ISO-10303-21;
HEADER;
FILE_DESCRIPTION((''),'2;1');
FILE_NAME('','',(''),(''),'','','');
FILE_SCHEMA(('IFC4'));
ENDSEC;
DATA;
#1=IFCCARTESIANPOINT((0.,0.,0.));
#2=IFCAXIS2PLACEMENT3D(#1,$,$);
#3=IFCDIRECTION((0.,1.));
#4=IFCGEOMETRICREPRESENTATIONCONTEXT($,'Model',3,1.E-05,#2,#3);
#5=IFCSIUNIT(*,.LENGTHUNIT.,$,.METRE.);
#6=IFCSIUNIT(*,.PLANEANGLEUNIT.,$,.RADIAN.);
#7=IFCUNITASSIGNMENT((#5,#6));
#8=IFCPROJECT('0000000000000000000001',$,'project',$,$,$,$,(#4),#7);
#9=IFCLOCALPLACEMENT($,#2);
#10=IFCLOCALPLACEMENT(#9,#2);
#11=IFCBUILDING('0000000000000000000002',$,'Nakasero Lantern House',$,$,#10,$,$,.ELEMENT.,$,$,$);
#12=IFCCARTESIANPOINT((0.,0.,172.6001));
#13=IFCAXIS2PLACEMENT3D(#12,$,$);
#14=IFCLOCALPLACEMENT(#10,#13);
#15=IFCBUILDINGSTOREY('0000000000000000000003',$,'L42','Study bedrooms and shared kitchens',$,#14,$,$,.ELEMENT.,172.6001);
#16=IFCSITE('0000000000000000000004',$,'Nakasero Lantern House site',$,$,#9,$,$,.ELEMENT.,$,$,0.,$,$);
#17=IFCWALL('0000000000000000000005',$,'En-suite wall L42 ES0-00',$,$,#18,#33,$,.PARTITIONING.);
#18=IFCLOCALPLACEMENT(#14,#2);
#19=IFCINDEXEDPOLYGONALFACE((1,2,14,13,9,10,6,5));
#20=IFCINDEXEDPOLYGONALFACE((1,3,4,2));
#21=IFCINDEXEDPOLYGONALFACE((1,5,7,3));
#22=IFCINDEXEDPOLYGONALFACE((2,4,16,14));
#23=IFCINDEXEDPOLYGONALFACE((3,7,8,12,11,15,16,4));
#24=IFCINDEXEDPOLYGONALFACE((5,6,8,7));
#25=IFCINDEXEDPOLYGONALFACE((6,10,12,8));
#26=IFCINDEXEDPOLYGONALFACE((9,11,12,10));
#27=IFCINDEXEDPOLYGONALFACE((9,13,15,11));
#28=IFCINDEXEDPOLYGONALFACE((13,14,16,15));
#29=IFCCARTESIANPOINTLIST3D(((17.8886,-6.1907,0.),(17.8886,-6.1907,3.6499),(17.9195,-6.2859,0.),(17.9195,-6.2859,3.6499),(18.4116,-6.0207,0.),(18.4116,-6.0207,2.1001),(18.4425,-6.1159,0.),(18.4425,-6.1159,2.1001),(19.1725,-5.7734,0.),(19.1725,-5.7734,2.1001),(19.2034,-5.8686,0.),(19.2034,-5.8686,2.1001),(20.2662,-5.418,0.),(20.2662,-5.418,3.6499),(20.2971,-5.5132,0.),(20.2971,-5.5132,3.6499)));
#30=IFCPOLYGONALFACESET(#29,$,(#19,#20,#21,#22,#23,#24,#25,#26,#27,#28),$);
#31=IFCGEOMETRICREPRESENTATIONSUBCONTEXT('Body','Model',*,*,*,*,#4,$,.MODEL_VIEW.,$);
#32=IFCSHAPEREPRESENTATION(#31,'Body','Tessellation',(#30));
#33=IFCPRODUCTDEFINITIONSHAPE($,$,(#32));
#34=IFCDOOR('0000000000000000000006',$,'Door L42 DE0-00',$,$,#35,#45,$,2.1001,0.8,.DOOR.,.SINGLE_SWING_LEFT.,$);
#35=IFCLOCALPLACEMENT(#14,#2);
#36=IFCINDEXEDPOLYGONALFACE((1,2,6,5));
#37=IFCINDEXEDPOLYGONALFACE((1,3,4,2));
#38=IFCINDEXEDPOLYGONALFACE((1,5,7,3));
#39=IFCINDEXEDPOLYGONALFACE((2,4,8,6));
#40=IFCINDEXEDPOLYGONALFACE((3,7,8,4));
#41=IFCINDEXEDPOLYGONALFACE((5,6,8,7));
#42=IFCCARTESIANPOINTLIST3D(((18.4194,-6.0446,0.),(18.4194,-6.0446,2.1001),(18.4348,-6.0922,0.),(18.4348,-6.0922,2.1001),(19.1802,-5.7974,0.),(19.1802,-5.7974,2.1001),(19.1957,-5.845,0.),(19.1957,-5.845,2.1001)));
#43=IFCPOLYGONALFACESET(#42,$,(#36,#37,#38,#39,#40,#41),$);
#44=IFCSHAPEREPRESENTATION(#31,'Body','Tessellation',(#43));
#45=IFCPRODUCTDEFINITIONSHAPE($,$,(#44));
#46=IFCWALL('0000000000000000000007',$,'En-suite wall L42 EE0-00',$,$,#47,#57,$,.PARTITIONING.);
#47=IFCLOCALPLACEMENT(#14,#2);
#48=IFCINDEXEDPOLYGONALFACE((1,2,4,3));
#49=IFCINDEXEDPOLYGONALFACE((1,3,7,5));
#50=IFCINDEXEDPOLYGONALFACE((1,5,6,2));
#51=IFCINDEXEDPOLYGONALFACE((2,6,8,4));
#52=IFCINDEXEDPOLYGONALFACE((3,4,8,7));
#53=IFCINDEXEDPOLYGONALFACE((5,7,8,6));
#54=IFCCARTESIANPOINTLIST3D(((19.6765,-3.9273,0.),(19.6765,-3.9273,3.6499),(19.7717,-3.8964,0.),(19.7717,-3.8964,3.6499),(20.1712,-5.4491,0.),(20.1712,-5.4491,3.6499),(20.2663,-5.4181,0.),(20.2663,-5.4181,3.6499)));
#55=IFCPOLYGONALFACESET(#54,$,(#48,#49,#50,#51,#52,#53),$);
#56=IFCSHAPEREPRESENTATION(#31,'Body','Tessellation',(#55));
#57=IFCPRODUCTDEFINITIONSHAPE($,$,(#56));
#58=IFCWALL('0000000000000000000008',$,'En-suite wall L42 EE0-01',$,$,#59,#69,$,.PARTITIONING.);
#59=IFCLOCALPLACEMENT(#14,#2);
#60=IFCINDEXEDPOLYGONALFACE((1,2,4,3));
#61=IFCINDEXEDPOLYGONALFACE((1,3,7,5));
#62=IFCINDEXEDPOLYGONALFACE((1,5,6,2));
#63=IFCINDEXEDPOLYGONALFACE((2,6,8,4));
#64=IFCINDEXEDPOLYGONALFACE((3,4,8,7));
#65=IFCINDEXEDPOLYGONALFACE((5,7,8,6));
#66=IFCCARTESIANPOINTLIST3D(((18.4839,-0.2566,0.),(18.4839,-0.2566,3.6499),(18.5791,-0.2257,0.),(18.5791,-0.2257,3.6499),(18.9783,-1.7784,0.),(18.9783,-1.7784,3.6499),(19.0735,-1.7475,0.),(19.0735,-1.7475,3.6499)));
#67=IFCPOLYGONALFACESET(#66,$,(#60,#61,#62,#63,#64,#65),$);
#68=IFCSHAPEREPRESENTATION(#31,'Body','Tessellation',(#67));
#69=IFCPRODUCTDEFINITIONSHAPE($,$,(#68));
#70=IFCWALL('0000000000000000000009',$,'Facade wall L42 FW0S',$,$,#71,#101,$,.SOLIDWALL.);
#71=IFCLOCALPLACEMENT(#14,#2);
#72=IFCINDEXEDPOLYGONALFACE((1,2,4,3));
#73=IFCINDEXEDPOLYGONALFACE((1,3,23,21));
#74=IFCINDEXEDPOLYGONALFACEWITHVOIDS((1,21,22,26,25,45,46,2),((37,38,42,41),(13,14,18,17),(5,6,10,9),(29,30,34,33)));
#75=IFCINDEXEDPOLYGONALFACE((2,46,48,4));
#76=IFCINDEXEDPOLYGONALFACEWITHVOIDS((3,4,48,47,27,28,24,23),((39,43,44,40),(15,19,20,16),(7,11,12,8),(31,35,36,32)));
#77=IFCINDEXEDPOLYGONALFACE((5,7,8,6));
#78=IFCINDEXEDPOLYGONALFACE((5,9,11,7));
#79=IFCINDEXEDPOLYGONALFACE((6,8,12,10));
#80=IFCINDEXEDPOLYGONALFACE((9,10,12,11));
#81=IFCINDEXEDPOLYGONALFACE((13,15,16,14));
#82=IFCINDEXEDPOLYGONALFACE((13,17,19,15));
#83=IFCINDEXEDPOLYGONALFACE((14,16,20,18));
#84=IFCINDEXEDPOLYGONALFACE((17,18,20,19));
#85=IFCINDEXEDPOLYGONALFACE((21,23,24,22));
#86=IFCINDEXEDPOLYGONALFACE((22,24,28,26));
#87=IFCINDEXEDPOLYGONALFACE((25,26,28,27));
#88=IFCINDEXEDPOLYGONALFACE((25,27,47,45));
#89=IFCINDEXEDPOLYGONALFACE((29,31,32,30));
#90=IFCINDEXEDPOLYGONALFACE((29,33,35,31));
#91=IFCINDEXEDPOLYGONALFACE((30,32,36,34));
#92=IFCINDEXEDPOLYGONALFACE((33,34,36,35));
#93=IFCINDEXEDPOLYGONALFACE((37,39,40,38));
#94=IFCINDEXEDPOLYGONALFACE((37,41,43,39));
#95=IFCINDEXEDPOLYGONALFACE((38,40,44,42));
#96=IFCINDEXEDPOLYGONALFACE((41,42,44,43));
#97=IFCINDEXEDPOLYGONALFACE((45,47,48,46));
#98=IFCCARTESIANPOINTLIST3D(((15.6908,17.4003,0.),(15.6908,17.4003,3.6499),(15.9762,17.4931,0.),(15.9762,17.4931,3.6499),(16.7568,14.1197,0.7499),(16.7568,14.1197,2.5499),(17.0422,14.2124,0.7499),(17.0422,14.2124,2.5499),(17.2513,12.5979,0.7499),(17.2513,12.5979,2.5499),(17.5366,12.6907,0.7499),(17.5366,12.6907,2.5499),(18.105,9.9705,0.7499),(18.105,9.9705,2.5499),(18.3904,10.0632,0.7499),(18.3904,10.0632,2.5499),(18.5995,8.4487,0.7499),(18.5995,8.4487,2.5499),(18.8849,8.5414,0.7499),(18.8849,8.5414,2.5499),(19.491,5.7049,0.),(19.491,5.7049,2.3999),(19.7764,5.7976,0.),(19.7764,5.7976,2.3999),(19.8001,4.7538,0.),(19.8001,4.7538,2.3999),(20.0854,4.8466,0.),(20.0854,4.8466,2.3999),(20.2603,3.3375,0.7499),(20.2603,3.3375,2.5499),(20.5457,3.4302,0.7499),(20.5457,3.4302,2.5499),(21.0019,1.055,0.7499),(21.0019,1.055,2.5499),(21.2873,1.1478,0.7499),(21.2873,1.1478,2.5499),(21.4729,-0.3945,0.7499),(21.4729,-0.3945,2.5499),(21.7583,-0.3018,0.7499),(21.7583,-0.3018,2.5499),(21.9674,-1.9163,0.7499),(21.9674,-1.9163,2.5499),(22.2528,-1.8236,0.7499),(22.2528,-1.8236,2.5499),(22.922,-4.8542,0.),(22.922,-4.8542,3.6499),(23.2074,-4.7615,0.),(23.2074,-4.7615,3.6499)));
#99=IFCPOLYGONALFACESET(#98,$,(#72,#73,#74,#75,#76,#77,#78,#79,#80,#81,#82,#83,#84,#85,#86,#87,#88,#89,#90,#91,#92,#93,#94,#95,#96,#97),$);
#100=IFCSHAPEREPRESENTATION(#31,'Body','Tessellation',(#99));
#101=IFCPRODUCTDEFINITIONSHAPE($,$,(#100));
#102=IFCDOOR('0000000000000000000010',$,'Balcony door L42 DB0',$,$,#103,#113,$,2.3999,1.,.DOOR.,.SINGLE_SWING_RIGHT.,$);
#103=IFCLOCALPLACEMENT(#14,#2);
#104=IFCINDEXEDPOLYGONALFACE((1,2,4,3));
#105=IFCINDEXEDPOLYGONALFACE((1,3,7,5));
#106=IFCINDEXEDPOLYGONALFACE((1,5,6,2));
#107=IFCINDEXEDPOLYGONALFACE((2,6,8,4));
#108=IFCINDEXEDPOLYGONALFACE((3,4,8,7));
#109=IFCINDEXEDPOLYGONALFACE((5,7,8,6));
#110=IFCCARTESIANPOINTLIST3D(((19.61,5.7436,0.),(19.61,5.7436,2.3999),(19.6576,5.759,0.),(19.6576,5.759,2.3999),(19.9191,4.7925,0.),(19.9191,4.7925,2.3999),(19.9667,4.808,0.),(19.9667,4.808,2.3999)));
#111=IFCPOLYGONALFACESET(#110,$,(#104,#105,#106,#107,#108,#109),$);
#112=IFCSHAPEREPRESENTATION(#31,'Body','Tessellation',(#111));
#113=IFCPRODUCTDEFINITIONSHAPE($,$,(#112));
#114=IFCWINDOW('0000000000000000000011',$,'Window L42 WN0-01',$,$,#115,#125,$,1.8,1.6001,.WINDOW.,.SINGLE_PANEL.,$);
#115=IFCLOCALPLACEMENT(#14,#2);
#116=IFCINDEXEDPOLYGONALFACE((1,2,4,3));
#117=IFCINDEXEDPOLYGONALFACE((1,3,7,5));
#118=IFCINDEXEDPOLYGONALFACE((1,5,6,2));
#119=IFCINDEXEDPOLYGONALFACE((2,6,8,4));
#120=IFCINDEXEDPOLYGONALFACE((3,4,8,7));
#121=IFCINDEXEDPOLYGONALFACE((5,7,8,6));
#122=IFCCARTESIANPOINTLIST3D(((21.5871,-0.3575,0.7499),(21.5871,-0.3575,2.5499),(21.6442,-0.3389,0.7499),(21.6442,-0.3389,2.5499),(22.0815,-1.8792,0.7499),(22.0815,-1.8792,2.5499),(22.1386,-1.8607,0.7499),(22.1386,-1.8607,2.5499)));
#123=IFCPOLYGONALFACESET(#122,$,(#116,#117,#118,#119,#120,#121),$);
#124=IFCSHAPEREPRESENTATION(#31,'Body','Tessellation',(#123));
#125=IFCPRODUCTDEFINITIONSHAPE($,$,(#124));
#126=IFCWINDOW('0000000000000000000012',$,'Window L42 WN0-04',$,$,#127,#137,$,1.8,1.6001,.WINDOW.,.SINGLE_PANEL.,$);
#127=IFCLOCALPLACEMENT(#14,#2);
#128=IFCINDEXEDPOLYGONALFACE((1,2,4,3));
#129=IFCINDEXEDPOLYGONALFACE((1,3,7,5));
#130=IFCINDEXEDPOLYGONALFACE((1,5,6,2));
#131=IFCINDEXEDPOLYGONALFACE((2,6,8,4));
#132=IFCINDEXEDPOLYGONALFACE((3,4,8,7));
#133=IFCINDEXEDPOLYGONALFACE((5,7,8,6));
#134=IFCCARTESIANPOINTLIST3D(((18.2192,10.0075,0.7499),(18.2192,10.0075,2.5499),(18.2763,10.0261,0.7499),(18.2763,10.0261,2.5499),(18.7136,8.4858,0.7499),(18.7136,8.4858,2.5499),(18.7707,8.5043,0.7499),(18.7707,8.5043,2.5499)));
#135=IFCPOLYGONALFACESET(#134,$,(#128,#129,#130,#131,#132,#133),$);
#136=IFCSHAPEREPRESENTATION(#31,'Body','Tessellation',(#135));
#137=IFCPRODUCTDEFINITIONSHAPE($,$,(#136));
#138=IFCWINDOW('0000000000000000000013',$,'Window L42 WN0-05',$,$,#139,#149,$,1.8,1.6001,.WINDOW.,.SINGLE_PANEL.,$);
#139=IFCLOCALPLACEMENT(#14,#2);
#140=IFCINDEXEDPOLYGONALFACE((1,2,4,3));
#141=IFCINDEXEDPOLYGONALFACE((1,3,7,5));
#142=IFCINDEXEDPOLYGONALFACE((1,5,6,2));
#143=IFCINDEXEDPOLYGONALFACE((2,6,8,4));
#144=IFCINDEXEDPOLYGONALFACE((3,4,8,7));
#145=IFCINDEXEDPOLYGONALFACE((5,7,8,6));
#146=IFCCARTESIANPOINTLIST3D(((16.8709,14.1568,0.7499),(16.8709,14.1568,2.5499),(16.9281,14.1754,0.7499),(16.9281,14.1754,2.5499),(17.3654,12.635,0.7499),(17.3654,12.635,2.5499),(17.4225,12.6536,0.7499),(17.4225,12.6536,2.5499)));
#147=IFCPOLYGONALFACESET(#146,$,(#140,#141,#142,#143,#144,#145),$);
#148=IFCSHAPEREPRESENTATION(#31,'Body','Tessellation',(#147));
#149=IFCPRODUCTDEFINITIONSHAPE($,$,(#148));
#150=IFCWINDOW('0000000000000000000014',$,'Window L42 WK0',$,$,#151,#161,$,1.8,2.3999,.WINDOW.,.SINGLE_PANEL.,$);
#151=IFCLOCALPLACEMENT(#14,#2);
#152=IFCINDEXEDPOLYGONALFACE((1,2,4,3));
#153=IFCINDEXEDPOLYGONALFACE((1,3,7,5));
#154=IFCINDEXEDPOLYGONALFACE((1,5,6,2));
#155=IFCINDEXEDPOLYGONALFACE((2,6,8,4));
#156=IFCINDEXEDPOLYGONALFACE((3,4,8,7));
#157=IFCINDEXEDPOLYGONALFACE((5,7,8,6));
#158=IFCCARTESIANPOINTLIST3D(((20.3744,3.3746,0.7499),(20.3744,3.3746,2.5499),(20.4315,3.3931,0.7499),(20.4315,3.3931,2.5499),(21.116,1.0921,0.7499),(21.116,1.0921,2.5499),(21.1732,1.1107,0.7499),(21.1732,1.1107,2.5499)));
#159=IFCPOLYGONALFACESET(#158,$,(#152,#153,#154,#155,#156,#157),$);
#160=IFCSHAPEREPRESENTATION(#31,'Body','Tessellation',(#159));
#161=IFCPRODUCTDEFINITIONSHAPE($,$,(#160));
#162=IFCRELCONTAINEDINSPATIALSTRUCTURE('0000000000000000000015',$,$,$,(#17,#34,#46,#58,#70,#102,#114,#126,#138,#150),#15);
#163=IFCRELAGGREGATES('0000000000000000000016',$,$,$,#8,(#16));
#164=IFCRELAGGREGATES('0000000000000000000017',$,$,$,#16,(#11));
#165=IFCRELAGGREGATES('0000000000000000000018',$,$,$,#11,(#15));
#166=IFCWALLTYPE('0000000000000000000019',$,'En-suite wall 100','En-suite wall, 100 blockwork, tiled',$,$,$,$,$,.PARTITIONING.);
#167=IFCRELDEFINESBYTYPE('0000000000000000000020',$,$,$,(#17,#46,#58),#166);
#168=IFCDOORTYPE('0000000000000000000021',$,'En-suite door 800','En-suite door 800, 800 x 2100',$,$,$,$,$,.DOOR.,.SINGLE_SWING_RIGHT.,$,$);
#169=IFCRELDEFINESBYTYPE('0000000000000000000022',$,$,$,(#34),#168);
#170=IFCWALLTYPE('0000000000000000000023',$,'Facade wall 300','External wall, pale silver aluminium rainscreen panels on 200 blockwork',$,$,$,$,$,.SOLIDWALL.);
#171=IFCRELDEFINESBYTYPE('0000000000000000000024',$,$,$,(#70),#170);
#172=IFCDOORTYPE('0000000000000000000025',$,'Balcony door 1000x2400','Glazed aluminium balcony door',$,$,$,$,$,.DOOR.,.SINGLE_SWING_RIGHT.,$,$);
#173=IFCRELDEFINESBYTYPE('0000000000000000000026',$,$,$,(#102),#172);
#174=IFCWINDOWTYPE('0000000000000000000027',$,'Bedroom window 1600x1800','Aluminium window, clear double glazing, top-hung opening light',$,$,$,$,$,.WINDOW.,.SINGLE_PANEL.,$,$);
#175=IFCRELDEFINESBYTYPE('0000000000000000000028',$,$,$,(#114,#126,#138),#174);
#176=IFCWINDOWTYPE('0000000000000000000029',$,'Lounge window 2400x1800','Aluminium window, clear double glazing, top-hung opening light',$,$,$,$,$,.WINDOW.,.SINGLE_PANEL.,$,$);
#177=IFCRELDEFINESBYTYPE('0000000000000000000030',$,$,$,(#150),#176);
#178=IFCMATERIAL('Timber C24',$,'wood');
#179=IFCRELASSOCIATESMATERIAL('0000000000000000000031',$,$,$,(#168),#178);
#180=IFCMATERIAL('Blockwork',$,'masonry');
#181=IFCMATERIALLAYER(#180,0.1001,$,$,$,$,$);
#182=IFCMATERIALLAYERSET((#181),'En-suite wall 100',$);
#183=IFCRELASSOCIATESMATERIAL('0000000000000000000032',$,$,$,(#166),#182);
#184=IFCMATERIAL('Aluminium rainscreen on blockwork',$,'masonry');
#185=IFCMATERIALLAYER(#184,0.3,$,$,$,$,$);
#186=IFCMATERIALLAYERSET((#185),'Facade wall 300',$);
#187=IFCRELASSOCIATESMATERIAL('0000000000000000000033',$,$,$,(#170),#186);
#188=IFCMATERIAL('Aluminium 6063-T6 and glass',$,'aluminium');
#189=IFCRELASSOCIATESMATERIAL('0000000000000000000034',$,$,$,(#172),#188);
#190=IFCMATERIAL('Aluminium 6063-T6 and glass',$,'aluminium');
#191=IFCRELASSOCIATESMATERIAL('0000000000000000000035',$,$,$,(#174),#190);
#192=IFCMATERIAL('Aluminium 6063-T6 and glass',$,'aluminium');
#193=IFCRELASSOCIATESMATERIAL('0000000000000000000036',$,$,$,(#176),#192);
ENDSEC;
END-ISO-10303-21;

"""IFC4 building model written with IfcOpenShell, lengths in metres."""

from ifc_helpers import new_model, si_unit, direction, frame, frame_2d, origin, place, context, subcontext, project, spatial, rectangle, extrude, material, layer, layer_set, type_object, element, fill, save


model = new_model("IFC4")

# Units and contexts
model_context = context("Model", 3, precision=1e-05, world=origin(), true_north=direction((0.0, 1.0)))
body_context = subcontext(model_context, "Body", "Model", "MODEL_VIEW")
ifc_project = project(units=[si_unit("LENGTHUNIT", "METRE"), si_unit("PLANEANGLEUNIT", "RADIAN")], contexts=[model_context])

# Site, building, storey
site_placement = place(None, origin())
site = spatial("IfcSite", under=ifc_project, at=site_placement, Name="Nakasero Lantern House site", CompositionType="ELEMENT", RefElevation=0.0)
building_placement = place(site_placement, origin())
building = spatial("IfcBuilding", under=site, at=building_placement, Name="Nakasero Lantern House", CompositionType="ELEMENT")
storey_placement = place(building_placement, frame((0.0, 0.0, 172.6001)))
storey = spatial("IfcBuildingStorey", under=building, at=storey_placement, Name="L42", Description="Study bedrooms and shared kitchens", CompositionType="ELEMENT", Elevation=172.6001)

# Shared definitions
ifc_material_1 = material(Name="Timber C24", Category="wood")
door_type_1 = type_object("IfcDoorType", Name="En-suite door 800", Description="En-suite door 800, 800 x 2100", OperationType="SINGLE_SWING_RIGHT", PredefinedType="DOOR", material=ifc_material_1)

# Shared definitions
ifc_material_2 = material(Name="Blockwork", Category="masonry")
ifc_layer_1 = layer(ifc_material_2, 0.1001)
ifc_layer_set_1 = layer_set([ifc_layer_1], Name="En-suite wall 100")
wall_type_1 = type_object("IfcWallType", Name="En-suite wall 100", Description="En-suite wall, 100 blockwork, tiled", PredefinedType="PARTITIONING", material=ifc_layer_set_1)

# Wall, opening, door
wall_1_placement = place(storey_placement, frame((17.9041, -6.2383, 0.0), z_axis=(0.0, 0.0, 1.0), x_axis=(0.951039, 0.309071, 0.0)))
wall_1 = element("IfcWall", 1, at=wall_1_placement, inside=storey, type_object=wall_type_1, Name="En-suite wall L42 ES0-00", PredefinedType="PARTITIONING", context=body_context, shape_type="SweptSolid", body=[
    extrude(rectangle(XDim=2.5, YDim=0.1001, at=frame_2d((1.25, 0.0))), origin(), (0.0, 0.0, 1.0), 3.6499),
])
opening_1_placement = place(wall_1_placement, frame((0.55, 0.0, 0.0)))
opening_1 = element("IfcOpeningElement", 2, at=opening_1_placement, cuts=wall_1, PredefinedType="OPENING", context=body_context, shape_type="SweptSolid", body=[
    extrude(rectangle(XDim=0.8, YDim=2.1001, at=frame_2d((0.3999, 1.05))), frame((0.0, 0.0701, 0.0), z_axis=(0.0, -1.0, 0.0), x_axis=(1.0, 0.0, 0.0)), (0.0, 0.0, 1.0), 0.1401),
])
door_1_placement = place(opening_1_placement, origin())
door_1 = element("IfcDoor", 3, at=door_1_placement, inside=storey, type_object=door_type_1, Name="Door L42 DE0-00", OperationType="SINGLE_SWING_LEFT", OverallHeight=2.1001, OverallWidth=0.8, PredefinedType="DOOR", context=body_context, shape_type="SweptSolid", body=[
    extrude(rectangle(XDim=0.8, YDim=2.1001, at=frame_2d((0.3999, 1.05))), frame((0.0, 0.0249, 0.0), z_axis=(0.0, -1.0, 0.0), x_axis=(1.0, 0.0, 0.0)), (0.0, 0.0, 1.0), 0.05),
])
fill(opening_1, door_1)

# Walls
for number, where, z_axis, x_axis, name in (
    (4, (20.2188, -5.4336, 0.0), (0.0, 0.0, 1.0), (-0.309124, 0.951022, 0.0), "En-suite wall L42 EE0-00"),
    (5, (19.0259, -1.7629, 0.0), (0.0, 0.0, 1.0), (-0.308986, 0.951067, 0.0), "En-suite wall L42 EE0-01"),
):
    element("IfcWall", number, at=place(storey_placement, frame(where, z_axis=z_axis, x_axis=x_axis)), inside=storey, type_object=wall_type_1, Name=name, PredefinedType="PARTITIONING", context=body_context, shape_type="SweptSolid", body=[
        extrude(rectangle(XDim=1.6001, YDim=0.1001, at=frame_2d((0.8, 0.0))), origin(), (0.0, 0.0, 1.0), 3.6499),
    ])

# Wall, openings, door, windows
ifc_material_3 = material(Name="Aluminium rainscreen on blockwork", Category="masonry")
ifc_layer_2 = layer(ifc_material_3, 0.3)
ifc_layer_set_2 = layer_set([ifc_layer_2], Name="Facade wall 300")
wall_type_2 = type_object("IfcWallType", Name="Facade wall 300", Description="External wall, pale silver aluminium rainscreen panels on 200 blockwork", PredefinedType="SOLIDWALL", material=ifc_layer_set_2)
wall_2_placement = place(storey_placement, frame((23.0647, -4.8079, 0.0), z_axis=(0.0, 0.0, 1.0), x_axis=(-0.309026, 0.951054, 0.0)))
wall_2 = element("IfcWall", 6, at=wall_2_placement, inside=storey, type_object=wall_type_2, Name="Facade wall L42 FW0S", PredefinedType="SOLIDWALL", context=body_context, shape_type="SweptSolid", body=[
    extrude(rectangle(XDim=23.3999, YDim=0.3, at=frame_2d((11.7, 0.0))), origin(), (0.0, 0.0, 1.0), 3.6499),
])
opening_2_placement = place(wall_2_placement, frame((3.0891, 0.0, 0.75)))
opening_2 = element("IfcOpeningElement", 7, at=opening_2_placement, cuts=wall_2, PredefinedType="OPENING", context=body_context, shape_type="SweptSolid", body=[
    extrude(rectangle(XDim=1.6001, YDim=1.8, at=frame_2d((0.8, 0.8999))), frame((0.0, 0.1699, 0.0), z_axis=(0.0, -1.0, 0.0), x_axis=(1.0, 0.0, 0.0)), (0.0, 0.0, 1.0), 0.3401),
])
opening_3_placement = place(wall_2_placement, frame((13.9875, 0.0, 0.75)))
opening_3 = element("IfcOpeningElement", 8, at=opening_3_placement, cuts=wall_2, PredefinedType="OPENING", context=body_context, shape_type="SweptSolid", body=[
    extrude(rectangle(XDim=1.6001, YDim=1.8, at=frame_2d((0.8, 0.8999))), frame((0.0, 0.1699, 0.0), z_axis=(0.0, -1.0, 0.0), x_axis=(1.0, 0.0, 0.0)), (0.0, 0.0, 1.0), 0.3401),
])
opening_4_placement = place(wall_2_placement, frame((18.3503, 0.0, 0.75)))
opening_4 = element("IfcOpeningElement", 9, at=opening_4_placement, cuts=wall_2, PredefinedType="OPENING", context=body_context, shape_type="SweptSolid", body=[
    extrude(rectangle(XDim=1.6001, YDim=1.8, at=frame_2d((0.8, 0.8999))), frame((0.0, 0.1699, 0.0), z_axis=(0.0, -1.0, 0.0), x_axis=(1.0, 0.0, 0.0)), (0.0, 0.0, 1.0), 0.3401),
])
opening_5_placement = place(wall_2_placement, frame((6.2134, 0.0, 0.75)))
opening_5 = element("IfcOpeningElement", 10, at=opening_5_placement, cuts=wall_2, PredefinedType="OPENING", context=body_context, shape_type="SweptSolid", body=[
    extrude(rectangle(XDim=2.3999, YDim=1.8, at=frame_2d((1.2, 0.8999))), frame((0.0, 0.1699, 0.0), z_axis=(0.0, -1.0, 0.0), x_axis=(1.0, 0.0, 0.0)), (0.0, 0.0, 1.0), 0.3401),
])
opening_6_placement = place(wall_2_placement, frame((10.1025, 0.0, 0.0)))
opening_6 = element("IfcOpeningElement", 11, at=opening_6_placement, cuts=wall_2, PredefinedType="OPENING", context=body_context, shape_type="SweptSolid", body=[
    extrude(rectangle(XDim=1.0, YDim=2.3999, at=frame_2d((0.5, 1.2))), frame((0.0, 0.1699, 0.0), z_axis=(0.0, -1.0, 0.0), x_axis=(1.0, 0.0, 0.0)), (0.0, 0.0, 1.0), 0.3401),
])
ifc_material_4 = material(Name="Aluminium 6063-T6 and glass", Category="aluminium")
door_type_2 = type_object("IfcDoorType", Name="Balcony door 1000x2400", Description="Glazed aluminium balcony door", OperationType="SINGLE_SWING_RIGHT", PredefinedType="DOOR", material=ifc_material_4)
door_2_placement = place(opening_6_placement, origin())
door_2 = element("IfcDoor", 12, at=door_2_placement, inside=storey, type_object=door_type_2, Name="Balcony door L42 DB0", OperationType="SINGLE_SWING_RIGHT", OverallHeight=2.3999, OverallWidth=1.0, PredefinedType="DOOR", context=body_context, shape_type="SweptSolid", body=[
    extrude(rectangle(XDim=1.0, YDim=2.3999, at=frame_2d((0.5, 1.2))), frame((0.0, 0.0249, 0.0), z_axis=(0.0, -1.0, 0.0), x_axis=(1.0, 0.0, 0.0)), (0.0, 0.0, 1.0), 0.05),
])
fill(opening_6, door_2)
ifc_material_5 = material(Name="Aluminium 6063-T6 and glass", Category="aluminium")
window_type_1 = type_object("IfcWindowType", Name="Bedroom window 1600x1800", Description="Aluminium window, clear double glazing, top-hung opening light", PartitioningType="SINGLE_PANEL", PredefinedType="WINDOW", material=ifc_material_5)
window_1_placement = place(opening_2_placement, origin())
window_1 = element("IfcWindow", 13, at=window_1_placement, inside=storey, type_object=window_type_1, Name="Window L42 WN0-01", OverallHeight=1.8, OverallWidth=1.6001, PartitioningType="SINGLE_PANEL", PredefinedType="WINDOW", context=body_context, shape_type="SweptSolid", body=[
    extrude(rectangle(XDim=1.6001, YDim=1.8, at=frame_2d((0.8, 0.8999))), frame((0.0, 0.03, 0.0), z_axis=(0.0, -1.0, 0.0), x_axis=(1.0, 0.0, 0.0)), (0.0, 0.0, 1.0), 0.0601),
])
fill(opening_2, window_1)
window_2_placement = place(opening_3_placement, origin())
window_2 = element("IfcWindow", 14, at=window_2_placement, inside=storey, type_object=window_type_1, Name="Window L42 WN0-04", OverallHeight=1.8, OverallWidth=1.6001, PartitioningType="SINGLE_PANEL", PredefinedType="WINDOW", context=body_context, shape_type="SweptSolid", body=[
    extrude(rectangle(XDim=1.6001, YDim=1.8, at=frame_2d((0.8, 0.8999))), frame((0.0, 0.03, 0.0), z_axis=(0.0, -1.0, 0.0), x_axis=(1.0, 0.0, 0.0)), (0.0, 0.0, 1.0), 0.0601),
])
fill(opening_3, window_2)
window_3_placement = place(opening_4_placement, origin())
window_3 = element("IfcWindow", 15, at=window_3_placement, inside=storey, type_object=window_type_1, Name="Window L42 WN0-05", OverallHeight=1.8, OverallWidth=1.6001, PartitioningType="SINGLE_PANEL", PredefinedType="WINDOW", context=body_context, shape_type="SweptSolid", body=[
    extrude(rectangle(XDim=1.6001, YDim=1.8, at=frame_2d((0.8, 0.8999))), frame((0.0, 0.03, 0.0), z_axis=(0.0, -1.0, 0.0), x_axis=(1.0, 0.0, 0.0)), (0.0, 0.0, 1.0), 0.0601),
])
fill(opening_4, window_3)
ifc_material_6 = material(Name="Aluminium 6063-T6 and glass", Category="aluminium")
window_type_2 = type_object("IfcWindowType", Name="Lounge window 2400x1800", Description="Aluminium window, clear double glazing, top-hung opening light", PartitioningType="SINGLE_PANEL", PredefinedType="WINDOW", material=ifc_material_6)
window_4_placement = place(opening_5_placement, origin())
window_4 = element("IfcWindow", 16, at=window_4_placement, inside=storey, type_object=window_type_2, Name="Window L42 WK0", OverallHeight=1.8, OverallWidth=2.3999, PartitioningType="SINGLE_PANEL", PredefinedType="WINDOW", context=body_context, shape_type="SweptSolid", body=[
    extrude(rectangle(XDim=2.3999, YDim=1.8, at=frame_2d((1.2, 0.8999))), frame((0.0, 0.03, 0.0), z_axis=(0.0, -1.0, 0.0), x_axis=(1.0, 0.0, 0.0)), (0.0, 0.0, 1.0), 0.0601),
])
fill(opening_5, window_4)

save(model, "model.ifc")
